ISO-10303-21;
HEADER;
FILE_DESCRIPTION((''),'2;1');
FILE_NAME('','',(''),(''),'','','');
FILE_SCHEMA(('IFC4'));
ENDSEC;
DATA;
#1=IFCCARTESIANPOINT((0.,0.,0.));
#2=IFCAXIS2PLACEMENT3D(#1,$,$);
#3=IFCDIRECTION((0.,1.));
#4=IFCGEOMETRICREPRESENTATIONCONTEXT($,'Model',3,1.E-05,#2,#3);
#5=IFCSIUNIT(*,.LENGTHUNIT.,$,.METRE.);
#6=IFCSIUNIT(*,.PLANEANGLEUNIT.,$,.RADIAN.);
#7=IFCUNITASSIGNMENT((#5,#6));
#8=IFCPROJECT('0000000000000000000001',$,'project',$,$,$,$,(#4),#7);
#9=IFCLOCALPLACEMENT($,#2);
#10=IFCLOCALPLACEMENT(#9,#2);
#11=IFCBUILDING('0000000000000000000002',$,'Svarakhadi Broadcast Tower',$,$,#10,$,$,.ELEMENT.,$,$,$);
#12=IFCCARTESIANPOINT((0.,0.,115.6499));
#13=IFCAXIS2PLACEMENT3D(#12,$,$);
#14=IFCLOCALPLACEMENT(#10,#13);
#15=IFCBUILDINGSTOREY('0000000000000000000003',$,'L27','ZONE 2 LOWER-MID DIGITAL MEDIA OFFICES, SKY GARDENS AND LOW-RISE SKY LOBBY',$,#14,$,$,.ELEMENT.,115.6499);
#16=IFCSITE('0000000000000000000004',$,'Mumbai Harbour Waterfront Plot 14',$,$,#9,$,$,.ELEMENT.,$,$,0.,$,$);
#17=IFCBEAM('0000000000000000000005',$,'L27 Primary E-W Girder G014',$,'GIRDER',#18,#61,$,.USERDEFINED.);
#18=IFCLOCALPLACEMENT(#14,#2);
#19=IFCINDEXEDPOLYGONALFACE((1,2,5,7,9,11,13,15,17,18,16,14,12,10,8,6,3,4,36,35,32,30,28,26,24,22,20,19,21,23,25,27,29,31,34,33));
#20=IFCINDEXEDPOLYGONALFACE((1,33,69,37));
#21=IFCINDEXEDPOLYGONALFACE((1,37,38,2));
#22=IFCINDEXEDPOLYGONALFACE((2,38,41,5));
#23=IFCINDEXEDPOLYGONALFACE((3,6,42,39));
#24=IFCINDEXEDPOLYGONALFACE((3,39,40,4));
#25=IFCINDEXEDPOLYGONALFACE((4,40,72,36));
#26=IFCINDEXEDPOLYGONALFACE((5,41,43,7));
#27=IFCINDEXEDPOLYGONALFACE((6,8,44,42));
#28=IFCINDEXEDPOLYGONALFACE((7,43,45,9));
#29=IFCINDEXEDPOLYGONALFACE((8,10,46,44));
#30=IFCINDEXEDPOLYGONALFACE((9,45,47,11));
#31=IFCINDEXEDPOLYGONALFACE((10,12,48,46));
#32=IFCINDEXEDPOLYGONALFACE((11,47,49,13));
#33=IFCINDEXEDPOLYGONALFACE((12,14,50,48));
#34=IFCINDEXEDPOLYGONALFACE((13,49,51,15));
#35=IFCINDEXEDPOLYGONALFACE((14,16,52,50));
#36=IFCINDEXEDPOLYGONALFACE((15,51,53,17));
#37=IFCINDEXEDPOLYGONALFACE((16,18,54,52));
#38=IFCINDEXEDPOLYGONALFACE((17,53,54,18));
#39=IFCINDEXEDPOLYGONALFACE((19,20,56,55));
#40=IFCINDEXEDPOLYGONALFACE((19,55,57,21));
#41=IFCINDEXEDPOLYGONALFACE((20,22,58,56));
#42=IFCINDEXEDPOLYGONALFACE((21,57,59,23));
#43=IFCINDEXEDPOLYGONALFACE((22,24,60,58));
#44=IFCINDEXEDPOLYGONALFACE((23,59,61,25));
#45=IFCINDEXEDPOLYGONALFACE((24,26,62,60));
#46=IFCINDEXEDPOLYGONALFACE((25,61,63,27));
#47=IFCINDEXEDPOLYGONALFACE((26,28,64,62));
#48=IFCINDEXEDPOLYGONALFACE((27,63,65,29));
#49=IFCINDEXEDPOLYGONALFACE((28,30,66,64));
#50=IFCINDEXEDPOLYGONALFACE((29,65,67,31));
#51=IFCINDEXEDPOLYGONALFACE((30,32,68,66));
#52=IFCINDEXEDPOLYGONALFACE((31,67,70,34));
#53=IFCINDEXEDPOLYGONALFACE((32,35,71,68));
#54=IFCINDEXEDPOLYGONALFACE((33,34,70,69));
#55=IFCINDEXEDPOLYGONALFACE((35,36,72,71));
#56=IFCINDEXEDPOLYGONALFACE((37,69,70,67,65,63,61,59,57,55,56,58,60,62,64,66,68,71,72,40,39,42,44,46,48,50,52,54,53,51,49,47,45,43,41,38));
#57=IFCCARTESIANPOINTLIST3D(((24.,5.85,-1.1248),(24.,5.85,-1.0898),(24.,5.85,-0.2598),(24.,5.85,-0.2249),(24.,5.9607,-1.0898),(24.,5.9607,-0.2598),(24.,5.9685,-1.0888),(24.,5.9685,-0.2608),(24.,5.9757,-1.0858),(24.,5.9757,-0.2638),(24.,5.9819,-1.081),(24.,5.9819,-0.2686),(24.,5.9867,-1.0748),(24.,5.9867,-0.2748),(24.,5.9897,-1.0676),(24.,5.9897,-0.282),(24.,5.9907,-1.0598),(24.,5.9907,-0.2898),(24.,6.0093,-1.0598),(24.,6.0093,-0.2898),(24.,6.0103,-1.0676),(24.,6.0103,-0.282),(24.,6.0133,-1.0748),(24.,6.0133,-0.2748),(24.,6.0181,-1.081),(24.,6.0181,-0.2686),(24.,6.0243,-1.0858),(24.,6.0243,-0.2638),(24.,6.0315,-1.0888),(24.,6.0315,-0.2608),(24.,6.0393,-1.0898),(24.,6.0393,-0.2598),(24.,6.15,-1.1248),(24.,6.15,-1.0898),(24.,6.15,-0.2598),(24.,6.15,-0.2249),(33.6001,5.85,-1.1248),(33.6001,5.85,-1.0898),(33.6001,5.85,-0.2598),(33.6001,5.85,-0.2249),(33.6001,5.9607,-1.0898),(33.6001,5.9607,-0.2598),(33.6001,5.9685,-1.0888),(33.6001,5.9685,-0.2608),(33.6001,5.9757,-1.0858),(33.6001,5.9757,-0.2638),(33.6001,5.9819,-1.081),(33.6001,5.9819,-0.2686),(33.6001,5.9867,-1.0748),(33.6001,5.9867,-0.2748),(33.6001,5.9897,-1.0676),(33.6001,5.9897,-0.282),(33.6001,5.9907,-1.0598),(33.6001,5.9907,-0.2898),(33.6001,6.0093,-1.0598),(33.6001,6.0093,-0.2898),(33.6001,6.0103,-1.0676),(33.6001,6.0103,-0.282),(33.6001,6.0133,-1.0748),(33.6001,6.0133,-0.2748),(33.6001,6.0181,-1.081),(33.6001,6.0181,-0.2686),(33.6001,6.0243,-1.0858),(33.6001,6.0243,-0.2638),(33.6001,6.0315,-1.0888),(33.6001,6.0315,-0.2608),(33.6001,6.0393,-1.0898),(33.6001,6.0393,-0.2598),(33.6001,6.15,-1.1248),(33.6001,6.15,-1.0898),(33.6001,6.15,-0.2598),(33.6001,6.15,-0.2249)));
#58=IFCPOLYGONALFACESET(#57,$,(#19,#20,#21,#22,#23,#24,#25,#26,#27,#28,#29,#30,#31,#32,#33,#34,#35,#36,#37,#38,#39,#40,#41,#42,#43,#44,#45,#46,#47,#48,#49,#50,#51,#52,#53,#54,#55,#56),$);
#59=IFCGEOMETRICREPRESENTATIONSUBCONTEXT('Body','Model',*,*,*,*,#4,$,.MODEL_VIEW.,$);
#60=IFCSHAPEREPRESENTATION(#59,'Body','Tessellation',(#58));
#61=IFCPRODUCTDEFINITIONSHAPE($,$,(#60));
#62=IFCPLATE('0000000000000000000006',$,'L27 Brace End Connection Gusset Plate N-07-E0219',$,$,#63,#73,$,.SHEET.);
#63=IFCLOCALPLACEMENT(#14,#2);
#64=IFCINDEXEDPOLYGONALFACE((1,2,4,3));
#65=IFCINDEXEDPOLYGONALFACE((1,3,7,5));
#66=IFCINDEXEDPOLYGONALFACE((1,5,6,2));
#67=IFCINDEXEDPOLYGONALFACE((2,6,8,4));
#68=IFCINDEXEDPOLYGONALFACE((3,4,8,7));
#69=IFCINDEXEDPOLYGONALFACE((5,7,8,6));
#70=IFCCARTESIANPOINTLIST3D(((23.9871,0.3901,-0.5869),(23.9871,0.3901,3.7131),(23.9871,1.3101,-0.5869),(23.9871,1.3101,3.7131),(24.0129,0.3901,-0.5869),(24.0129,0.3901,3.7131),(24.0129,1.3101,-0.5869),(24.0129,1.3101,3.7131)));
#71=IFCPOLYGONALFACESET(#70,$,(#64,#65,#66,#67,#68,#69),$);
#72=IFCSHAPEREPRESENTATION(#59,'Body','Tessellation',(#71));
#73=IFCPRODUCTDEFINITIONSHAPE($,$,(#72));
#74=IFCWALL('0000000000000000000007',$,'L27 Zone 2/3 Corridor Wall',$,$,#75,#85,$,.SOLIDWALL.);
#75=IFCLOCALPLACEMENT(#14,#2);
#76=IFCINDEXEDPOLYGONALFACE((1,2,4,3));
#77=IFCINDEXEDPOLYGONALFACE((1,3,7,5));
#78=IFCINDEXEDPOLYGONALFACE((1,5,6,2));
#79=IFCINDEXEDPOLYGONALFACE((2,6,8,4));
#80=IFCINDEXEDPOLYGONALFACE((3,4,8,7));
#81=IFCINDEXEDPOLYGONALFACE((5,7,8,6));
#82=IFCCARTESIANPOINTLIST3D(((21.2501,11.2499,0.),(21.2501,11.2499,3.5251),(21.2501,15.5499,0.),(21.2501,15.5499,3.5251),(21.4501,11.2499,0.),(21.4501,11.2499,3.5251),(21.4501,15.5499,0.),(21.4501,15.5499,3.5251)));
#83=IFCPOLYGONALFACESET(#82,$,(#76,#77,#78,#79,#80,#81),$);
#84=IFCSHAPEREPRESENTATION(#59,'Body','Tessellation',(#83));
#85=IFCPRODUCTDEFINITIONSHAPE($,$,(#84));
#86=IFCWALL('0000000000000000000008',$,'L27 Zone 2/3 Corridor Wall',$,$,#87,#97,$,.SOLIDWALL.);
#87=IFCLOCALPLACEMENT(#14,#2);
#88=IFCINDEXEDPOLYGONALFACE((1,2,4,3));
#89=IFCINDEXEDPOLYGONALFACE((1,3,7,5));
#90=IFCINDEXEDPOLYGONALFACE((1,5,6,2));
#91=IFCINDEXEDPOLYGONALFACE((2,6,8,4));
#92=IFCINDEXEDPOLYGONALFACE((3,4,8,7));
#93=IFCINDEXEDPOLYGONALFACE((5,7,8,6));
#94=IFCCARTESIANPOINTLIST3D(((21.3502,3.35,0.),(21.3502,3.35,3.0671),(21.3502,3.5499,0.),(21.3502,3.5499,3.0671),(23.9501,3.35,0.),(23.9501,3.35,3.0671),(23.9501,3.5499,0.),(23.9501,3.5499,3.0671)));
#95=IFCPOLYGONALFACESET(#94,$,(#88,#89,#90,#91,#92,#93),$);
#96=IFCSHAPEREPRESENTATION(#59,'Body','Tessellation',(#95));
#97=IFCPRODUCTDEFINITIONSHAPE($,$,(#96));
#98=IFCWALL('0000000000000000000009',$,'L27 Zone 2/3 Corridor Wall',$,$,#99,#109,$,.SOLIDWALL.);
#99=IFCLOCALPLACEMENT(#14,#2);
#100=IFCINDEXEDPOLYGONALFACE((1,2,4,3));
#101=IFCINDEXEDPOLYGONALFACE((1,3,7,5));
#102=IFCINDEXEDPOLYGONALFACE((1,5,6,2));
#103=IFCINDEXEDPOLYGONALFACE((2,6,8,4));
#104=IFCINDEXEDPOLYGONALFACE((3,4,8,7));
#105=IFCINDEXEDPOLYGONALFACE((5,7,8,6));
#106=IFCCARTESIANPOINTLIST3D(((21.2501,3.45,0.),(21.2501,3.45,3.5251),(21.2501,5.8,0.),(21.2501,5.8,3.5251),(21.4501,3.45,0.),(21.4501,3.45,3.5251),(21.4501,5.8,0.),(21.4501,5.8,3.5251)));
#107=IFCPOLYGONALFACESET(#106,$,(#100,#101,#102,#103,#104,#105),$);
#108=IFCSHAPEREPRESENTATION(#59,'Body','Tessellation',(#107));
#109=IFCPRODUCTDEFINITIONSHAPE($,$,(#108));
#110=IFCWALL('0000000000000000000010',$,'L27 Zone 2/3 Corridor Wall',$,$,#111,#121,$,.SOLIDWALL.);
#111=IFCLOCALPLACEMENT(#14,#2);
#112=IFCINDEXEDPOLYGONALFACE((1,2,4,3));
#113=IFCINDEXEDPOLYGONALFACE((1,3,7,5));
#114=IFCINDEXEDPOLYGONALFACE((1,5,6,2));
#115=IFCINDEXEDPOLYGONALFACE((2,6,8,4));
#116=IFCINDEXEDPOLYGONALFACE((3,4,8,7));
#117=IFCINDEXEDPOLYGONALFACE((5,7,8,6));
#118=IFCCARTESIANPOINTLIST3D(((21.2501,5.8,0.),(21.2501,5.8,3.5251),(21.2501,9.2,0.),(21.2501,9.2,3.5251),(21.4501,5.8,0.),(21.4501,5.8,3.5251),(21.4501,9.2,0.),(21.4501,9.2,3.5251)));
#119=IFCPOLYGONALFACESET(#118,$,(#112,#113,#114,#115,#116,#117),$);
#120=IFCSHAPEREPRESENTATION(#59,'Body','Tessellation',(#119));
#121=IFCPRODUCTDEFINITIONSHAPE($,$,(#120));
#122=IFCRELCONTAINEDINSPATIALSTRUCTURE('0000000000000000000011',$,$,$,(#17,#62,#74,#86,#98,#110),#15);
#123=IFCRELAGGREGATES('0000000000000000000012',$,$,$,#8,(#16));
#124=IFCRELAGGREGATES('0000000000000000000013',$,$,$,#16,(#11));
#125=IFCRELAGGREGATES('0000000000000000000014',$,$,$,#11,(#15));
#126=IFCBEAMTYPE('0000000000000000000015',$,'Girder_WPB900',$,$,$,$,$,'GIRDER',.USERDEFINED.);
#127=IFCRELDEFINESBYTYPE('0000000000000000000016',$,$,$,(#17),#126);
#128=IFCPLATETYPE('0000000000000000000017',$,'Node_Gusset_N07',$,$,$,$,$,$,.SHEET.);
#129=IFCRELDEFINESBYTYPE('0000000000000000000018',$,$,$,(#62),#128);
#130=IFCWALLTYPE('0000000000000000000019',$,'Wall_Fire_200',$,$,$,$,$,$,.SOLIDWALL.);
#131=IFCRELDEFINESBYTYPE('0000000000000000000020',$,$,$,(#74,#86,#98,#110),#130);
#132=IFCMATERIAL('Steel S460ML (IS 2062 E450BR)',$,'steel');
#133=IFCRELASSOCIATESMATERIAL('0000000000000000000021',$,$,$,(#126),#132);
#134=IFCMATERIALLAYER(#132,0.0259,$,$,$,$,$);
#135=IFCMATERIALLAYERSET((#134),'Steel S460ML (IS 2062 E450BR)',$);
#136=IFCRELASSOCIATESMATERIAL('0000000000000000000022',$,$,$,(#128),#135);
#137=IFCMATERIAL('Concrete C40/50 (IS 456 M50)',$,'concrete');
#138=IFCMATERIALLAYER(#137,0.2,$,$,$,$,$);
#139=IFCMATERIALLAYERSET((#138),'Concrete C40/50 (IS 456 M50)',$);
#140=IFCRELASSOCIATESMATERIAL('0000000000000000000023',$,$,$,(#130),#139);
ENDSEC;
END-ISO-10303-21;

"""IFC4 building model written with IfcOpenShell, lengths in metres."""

from ifc_helpers import new_model, si_unit, direction, frame, frame_2d, origin, origin_2d, place, context, subcontext, project, spatial, rectangle, i_section, extrude, material, layer, layer_set, material_profile, profile_set, type_object, element, save


model = new_model("IFC4")

# Units and contexts
model_context = context("Model", 3, precision=1e-05, world=origin(), true_north=direction((0.0, 1.0)))
body_context = subcontext(model_context, "Body", "Model", "MODEL_VIEW")
ifc_project = project(units=[si_unit("LENGTHUNIT", "METRE"), si_unit("PLANEANGLEUNIT", "RADIAN")], contexts=[model_context])

# Site, building, storey
site_placement = place(None, origin())
site = spatial("IfcSite", under=ifc_project, at=site_placement, Name="Mumbai Harbour Waterfront Plot 14", CompositionType="ELEMENT", RefElevation=0.0)
building_placement = place(site_placement, origin())
building = spatial("IfcBuilding", under=site, at=building_placement, Name="Svarakhadi Broadcast Tower", CompositionType="ELEMENT")
storey_placement = place(building_placement, frame((0.0, 0.0, 115.6499)))
storey = spatial("IfcBuildingStorey", under=building, at=storey_placement, Name="L27", Description="ZONE 2 LOWER-MID DIGITAL MEDIA OFFICES, SKY GARDENS AND LOW-RISE SKY LOBBY", CompositionType="ELEMENT", Elevation=115.6499)

# Beam
ifc_material_1 = material(Name="Steel S460ML (IS 2062 E450BR)", Category="steel")
ifc_material_profile_1 = material_profile(ifc_material_1, i_section(OverallWidth=0.3, OverallDepth=0.8999, WebThickness=0.0186, FlangeThickness=0.0349, FilletRadius=0.03, at=origin_2d()), Name="WPB 900x300x291")
ifc_profile_set_1 = profile_set([ifc_material_profile_1], Name="Steel S460ML (IS 2062 E450BR)")
beam_type_1 = type_object("IfcBeamType", Name="Girder_WPB900", ElementType="GIRDER", PredefinedType="USERDEFINED", material=ifc_profile_set_1)
beam_1_placement = place(storey_placement, frame((24.0, 6.0, -0.6748), z_axis=(1.0, 0.0, 0.0), x_axis=(0.0, 1.0, 0.0)))
element("IfcBeam", 1, at=beam_1_placement, inside=storey, type_object=beam_type_1, Name="L27 Primary E-W Girder G014", ObjectType="GIRDER", PredefinedType="USERDEFINED", context=body_context, shape_type="SweptSolid", body=[
    extrude(i_section(OverallWidth=0.3, OverallDepth=0.8999, WebThickness=0.0186, FlangeThickness=0.0349, FilletRadius=0.03, at=origin_2d()), origin(), (0.0, 0.0, 1.0), 9.6001),
])

# Plate
ifc_layer_1 = layer(ifc_material_1, 0.0259)
ifc_layer_set_1 = layer_set([ifc_layer_1], Name="Steel S460ML (IS 2062 E450BR)")
plate_type = type_object("IfcPlateType", Name="Node_Gusset_N07", PredefinedType="SHEET", material=ifc_layer_set_1)
plate_placement = place(storey_placement, frame((24.0, 0.8501, -0.5869), z_axis=(0.0, 0.0, 1.0), x_axis=(0.0, 1.0, 0.0)))
element("IfcPlate", 2, at=plate_placement, inside=storey, type_object=plate_type, Name="L27 Brace End Connection Gusset Plate N-07-E0219", PredefinedType="SHEET", context=body_context, shape_type="SweptSolid", body=[
    extrude(rectangle(XDim=0.9199, YDim=0.0259, at=origin_2d()), origin(), (0.0, 0.0, 1.0), 4.3),
])

# Walls
ifc_material_2 = material(Name="Concrete C40/50 (IS 456 M50)", Category="concrete")
ifc_layer_2 = layer(ifc_material_2, 0.2)
ifc_layer_set_2 = layer_set([ifc_layer_2], Name="Concrete C40/50 (IS 456 M50)")
wall_type = type_object("IfcWallType", Name="Wall_Fire_200", PredefinedType="SOLIDWALL", material=ifc_layer_set_2)
wall_1_placement = place(storey_placement, frame((21.3501, 11.25, 0.0), z_axis=(0.0, 0.0, 1.0), x_axis=(0.0, 1.0, 0.0)))
element("IfcWall", 3, at=wall_1_placement, inside=storey, type_object=wall_type, Name="L27 Zone 2/3 Corridor Wall", PredefinedType="SOLIDWALL", context=body_context, shape_type="SweptSolid", body=[
    extrude(rectangle(XDim=4.3, YDim=0.2, at=frame_2d((2.1499, 0.0))), origin(), (0.0, 0.0, 1.0), 3.5251),
])
wall_2_placement = place(storey_placement, frame((23.95, 3.45, 0.0), z_axis=(0.0, 0.0, 1.0), x_axis=(-1.0, 0.0, 0.0)))
element("IfcWall", 4, at=wall_2_placement, inside=storey, type_object=wall_type, Name="L27 Zone 2/3 Corridor Wall", PredefinedType="SOLIDWALL", context=body_context, shape_type="SweptSolid", body=[
    extrude(rectangle(XDim=2.5999, YDim=0.2, at=frame_2d((1.2998, 0.0))), origin(), (0.0, 0.0, 1.0), 3.0671),
])
wall_3_placement = place(storey_placement, frame((21.3501, 3.45, 0.0), z_axis=(0.0, 0.0, 1.0), x_axis=(0.0, 1.0, 0.0)))
element("IfcWall", 5, at=wall_3_placement, inside=storey, type_object=wall_type, Name="L27 Zone 2/3 Corridor Wall", PredefinedType="SOLIDWALL", context=body_context, shape_type="SweptSolid", body=[
    extrude(rectangle(XDim=2.3501, YDim=0.2, at=frame_2d((1.175, 0.0))), origin(), (0.0, 0.0, 1.0), 3.5251),
])
wall_4_placement = place(storey_placement, frame((21.3501, 5.8, 0.0), z_axis=(0.0, 0.0, 1.0), x_axis=(0.0, 1.0, 0.0)))
element("IfcWall", 6, at=wall_4_placement, inside=storey, type_object=wall_type, Name="L27 Zone 2/3 Corridor Wall", PredefinedType="SOLIDWALL", context=body_context, shape_type="SweptSolid", body=[
    extrude(rectangle(XDim=3.3999, YDim=0.2, at=frame_2d((1.7, 0.0))), origin(), (0.0, 0.0, 1.0), 3.5251),
])

save(model, "model.ifc")
